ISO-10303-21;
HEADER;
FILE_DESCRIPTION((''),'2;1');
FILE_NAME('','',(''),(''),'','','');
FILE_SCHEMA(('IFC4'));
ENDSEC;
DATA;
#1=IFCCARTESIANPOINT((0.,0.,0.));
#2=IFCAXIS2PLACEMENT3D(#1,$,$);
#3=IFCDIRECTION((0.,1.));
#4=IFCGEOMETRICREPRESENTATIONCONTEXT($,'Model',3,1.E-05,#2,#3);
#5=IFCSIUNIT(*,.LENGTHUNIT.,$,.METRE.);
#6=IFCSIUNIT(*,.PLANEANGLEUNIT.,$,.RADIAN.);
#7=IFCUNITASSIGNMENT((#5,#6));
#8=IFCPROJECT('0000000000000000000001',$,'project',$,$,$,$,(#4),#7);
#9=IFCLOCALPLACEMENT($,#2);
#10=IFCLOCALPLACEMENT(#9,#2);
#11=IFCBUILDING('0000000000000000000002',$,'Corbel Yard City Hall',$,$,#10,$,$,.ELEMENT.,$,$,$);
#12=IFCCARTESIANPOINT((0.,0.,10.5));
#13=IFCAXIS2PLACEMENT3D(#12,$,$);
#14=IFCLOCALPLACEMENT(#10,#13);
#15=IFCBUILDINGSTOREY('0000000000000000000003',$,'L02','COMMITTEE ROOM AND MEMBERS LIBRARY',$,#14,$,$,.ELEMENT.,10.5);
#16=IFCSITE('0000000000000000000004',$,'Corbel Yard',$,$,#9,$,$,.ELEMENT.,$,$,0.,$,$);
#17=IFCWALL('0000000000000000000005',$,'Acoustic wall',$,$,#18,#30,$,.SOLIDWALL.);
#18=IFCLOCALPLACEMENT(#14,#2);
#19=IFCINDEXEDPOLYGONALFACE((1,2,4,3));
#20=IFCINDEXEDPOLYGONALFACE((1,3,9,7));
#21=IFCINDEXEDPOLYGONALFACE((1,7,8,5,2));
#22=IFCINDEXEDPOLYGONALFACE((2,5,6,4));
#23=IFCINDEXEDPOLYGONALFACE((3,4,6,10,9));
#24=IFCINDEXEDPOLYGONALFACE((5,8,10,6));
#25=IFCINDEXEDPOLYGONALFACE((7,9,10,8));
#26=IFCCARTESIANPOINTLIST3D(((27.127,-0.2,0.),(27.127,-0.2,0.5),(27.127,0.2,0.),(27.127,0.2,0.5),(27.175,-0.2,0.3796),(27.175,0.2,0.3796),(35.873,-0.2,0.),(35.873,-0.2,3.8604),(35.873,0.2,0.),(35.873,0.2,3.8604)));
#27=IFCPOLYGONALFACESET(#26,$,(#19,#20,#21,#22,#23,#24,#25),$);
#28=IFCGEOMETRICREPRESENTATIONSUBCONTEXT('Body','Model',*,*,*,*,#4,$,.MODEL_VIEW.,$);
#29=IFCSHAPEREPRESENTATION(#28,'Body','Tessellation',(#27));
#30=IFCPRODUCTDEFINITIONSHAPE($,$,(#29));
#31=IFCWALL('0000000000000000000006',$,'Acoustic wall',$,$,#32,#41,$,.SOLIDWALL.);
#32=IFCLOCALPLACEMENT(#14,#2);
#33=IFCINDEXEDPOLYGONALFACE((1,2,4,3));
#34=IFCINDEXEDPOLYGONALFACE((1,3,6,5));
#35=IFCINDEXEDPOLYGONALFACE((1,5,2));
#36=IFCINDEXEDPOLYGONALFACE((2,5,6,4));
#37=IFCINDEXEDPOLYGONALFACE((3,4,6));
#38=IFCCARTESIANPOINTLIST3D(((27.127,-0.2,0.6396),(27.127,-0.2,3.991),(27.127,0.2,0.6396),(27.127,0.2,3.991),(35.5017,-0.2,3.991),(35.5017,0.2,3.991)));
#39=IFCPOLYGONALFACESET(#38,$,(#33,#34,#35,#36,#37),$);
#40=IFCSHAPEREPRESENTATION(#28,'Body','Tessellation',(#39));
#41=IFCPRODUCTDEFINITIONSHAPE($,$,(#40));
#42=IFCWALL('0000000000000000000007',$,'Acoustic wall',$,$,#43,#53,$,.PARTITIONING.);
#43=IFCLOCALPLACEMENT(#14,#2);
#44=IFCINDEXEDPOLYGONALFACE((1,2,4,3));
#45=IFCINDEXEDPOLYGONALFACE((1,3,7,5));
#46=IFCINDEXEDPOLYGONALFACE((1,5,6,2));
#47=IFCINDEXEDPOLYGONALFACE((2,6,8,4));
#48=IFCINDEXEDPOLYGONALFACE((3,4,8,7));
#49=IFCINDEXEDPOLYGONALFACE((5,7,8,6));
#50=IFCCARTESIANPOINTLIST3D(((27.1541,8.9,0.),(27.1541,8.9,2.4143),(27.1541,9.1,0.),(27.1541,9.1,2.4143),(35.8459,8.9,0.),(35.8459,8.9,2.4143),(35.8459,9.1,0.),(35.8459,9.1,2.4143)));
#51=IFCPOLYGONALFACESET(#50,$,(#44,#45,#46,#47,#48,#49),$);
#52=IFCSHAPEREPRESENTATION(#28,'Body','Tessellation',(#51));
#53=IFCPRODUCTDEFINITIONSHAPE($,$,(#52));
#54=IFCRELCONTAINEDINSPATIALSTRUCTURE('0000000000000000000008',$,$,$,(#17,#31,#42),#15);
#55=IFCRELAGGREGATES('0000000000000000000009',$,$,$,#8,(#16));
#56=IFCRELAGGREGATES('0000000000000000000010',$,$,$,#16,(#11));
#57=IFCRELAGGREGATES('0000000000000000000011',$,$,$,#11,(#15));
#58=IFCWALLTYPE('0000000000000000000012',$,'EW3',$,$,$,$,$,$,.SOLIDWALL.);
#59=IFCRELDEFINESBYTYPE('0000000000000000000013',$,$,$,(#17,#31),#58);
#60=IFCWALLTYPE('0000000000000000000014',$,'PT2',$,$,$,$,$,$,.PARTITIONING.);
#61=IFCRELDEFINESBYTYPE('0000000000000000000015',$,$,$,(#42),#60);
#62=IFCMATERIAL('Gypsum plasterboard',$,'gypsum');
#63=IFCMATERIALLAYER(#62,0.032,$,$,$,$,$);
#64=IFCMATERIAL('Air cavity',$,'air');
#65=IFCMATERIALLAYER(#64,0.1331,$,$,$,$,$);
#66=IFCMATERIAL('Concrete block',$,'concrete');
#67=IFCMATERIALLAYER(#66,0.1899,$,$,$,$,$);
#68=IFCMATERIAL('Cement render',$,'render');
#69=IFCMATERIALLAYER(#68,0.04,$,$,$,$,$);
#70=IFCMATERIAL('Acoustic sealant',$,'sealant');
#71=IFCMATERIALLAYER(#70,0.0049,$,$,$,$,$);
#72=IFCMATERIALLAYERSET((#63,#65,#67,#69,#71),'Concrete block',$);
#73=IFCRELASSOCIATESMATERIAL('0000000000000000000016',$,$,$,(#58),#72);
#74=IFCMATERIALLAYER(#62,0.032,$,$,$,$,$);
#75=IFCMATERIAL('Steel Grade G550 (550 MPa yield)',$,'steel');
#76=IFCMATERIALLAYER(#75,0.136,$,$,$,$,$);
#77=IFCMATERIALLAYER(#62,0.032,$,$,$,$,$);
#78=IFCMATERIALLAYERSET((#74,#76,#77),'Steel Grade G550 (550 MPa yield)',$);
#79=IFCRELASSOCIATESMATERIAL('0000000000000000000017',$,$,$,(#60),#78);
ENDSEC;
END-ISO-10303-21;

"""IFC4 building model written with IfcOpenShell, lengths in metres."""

from ifc_helpers import new_model, si_unit, direction, frame, frame_2d, origin, place, context, subcontext, project, spatial, polyline, rectangle, outline, extrude, material, layer, layer_set, type_object, element, save


model = new_model("IFC4")

# Units and contexts
model_context = context("Model", 3, precision=1e-05, world=origin(), true_north=direction((0.0, 1.0)))
body_context = subcontext(model_context, "Body", "Model", "MODEL_VIEW")
ifc_project = project(units=[si_unit("LENGTHUNIT", "METRE"), si_unit("PLANEANGLEUNIT", "RADIAN")], contexts=[model_context])

# Site, building, storey
site_placement = place(None, origin())
site = spatial("IfcSite", under=ifc_project, at=site_placement, Name="Corbel Yard", CompositionType="ELEMENT", RefElevation=0.0)
building_placement = place(site_placement, origin())
building = spatial("IfcBuilding", under=site, at=building_placement, Name="Corbel Yard City Hall", CompositionType="ELEMENT")
storey_placement = place(building_placement, frame((0.0, 0.0, 10.5)))
storey = spatial("IfcBuildingStorey", under=building, at=storey_placement, Name="L02", Description="COMMITTEE ROOM AND MEMBERS LIBRARY", CompositionType="ELEMENT", Elevation=10.5)

# Walls
ifc_material_1 = material(Name="Gypsum plasterboard", Category="gypsum")
ifc_layer_1 = layer(ifc_material_1, 0.032)
ifc_material_2 = material(Name="Air cavity", Category="air")
ifc_layer_2 = layer(ifc_material_2, 0.1331)
ifc_material_3 = material(Name="Concrete block", Category="concrete")
ifc_layer_3 = layer(ifc_material_3, 0.1899)
ifc_material_4 = material(Name="Cement render", Category="render")
ifc_layer_4 = layer(ifc_material_4, 0.04)
ifc_material_5 = material(Name="Acoustic sealant", Category="sealant")
ifc_layer_5 = layer(ifc_material_5, 0.0049)
ifc_layer_set_1 = layer_set([ifc_layer_1, ifc_layer_2, ifc_layer_3, ifc_layer_4, ifc_layer_5], Name="Concrete block")
wall_type_1 = type_object("IfcWallType", Name="EW3", PredefinedType="SOLIDWALL", material=ifc_layer_set_1)
wall_1_placement = place(storey_placement, frame((27.127, 0.0, 0.0), z_axis=(0.0, 0.0, 1.0), x_axis=(1.0, 0.0, 0.0)))
element("IfcWall", 1, at=wall_1_placement, inside=storey, type_object=wall_type_1, Name="Acoustic wall", PredefinedType="SOLIDWALL", context=body_context, shape_type="SweptSolid", body=[
    extrude(outline(polyline([(8.7461, 0.0), (0.0, 0.0), (0.0, 0.5), (0.0481, 0.3796), (8.7461, 3.8604), (8.7461, 0.0)])), frame((0.0, 0.2, 0.0), z_axis=(0.0, -1.0, 0.0), x_axis=(1.0, 0.0, 0.0)), (0.0, 0.0, 1.0), 0.3999),
])
wall_2_placement = place(storey_placement, frame((27.127, 0.0, 0.0), z_axis=(0.0, 0.0, 1.0), x_axis=(1.0, 0.0, 0.0)))
element("IfcWall", 2, at=wall_2_placement, inside=storey, type_object=wall_type_1, Name="Acoustic wall", PredefinedType="SOLIDWALL", context=body_context, shape_type="SweptSolid", body=[
    extrude(outline(polyline([(0.0, 3.991), (8.3748, 3.991), (0.0, 0.6396), (0.0, 3.991)])), frame((0.0, 0.2, 0.0), z_axis=(0.0, -1.0, 0.0), x_axis=(1.0, 0.0, 0.0)), (0.0, 0.0, 1.0), 0.3999),
])
ifc_layer_6 = layer(ifc_material_1, 0.032)
ifc_material_6 = material(Name="Steel Grade G550 (550 MPa yield)", Category="steel")
ifc_layer_7 = layer(ifc_material_6, 0.136)
ifc_layer_8 = layer(ifc_material_1, 0.032)
ifc_layer_set_2 = layer_set([ifc_layer_6, ifc_layer_7, ifc_layer_8], Name="Steel Grade G550 (550 MPa yield)")
wall_type_2 = type_object("IfcWallType", Name="PT2", PredefinedType="PARTITIONING", material=ifc_layer_set_2)
wall_3_placement = place(storey_placement, frame((27.1541, 9.0, 0.0), z_axis=(0.0, 0.0, 1.0), x_axis=(1.0, 0.0, 0.0)))
element("IfcWall", 3, at=wall_3_placement, inside=storey, type_object=wall_type_2, Name="Acoustic wall", PredefinedType="PARTITIONING", context=body_context, shape_type="SweptSolid", body=[
    extrude(rectangle(XDim=8.6919, YDim=0.2, at=frame_2d((4.3459, 0.0))), origin(), (0.0, 0.0, 1.0), 2.4143),
])

save(model, "model.ifc")
